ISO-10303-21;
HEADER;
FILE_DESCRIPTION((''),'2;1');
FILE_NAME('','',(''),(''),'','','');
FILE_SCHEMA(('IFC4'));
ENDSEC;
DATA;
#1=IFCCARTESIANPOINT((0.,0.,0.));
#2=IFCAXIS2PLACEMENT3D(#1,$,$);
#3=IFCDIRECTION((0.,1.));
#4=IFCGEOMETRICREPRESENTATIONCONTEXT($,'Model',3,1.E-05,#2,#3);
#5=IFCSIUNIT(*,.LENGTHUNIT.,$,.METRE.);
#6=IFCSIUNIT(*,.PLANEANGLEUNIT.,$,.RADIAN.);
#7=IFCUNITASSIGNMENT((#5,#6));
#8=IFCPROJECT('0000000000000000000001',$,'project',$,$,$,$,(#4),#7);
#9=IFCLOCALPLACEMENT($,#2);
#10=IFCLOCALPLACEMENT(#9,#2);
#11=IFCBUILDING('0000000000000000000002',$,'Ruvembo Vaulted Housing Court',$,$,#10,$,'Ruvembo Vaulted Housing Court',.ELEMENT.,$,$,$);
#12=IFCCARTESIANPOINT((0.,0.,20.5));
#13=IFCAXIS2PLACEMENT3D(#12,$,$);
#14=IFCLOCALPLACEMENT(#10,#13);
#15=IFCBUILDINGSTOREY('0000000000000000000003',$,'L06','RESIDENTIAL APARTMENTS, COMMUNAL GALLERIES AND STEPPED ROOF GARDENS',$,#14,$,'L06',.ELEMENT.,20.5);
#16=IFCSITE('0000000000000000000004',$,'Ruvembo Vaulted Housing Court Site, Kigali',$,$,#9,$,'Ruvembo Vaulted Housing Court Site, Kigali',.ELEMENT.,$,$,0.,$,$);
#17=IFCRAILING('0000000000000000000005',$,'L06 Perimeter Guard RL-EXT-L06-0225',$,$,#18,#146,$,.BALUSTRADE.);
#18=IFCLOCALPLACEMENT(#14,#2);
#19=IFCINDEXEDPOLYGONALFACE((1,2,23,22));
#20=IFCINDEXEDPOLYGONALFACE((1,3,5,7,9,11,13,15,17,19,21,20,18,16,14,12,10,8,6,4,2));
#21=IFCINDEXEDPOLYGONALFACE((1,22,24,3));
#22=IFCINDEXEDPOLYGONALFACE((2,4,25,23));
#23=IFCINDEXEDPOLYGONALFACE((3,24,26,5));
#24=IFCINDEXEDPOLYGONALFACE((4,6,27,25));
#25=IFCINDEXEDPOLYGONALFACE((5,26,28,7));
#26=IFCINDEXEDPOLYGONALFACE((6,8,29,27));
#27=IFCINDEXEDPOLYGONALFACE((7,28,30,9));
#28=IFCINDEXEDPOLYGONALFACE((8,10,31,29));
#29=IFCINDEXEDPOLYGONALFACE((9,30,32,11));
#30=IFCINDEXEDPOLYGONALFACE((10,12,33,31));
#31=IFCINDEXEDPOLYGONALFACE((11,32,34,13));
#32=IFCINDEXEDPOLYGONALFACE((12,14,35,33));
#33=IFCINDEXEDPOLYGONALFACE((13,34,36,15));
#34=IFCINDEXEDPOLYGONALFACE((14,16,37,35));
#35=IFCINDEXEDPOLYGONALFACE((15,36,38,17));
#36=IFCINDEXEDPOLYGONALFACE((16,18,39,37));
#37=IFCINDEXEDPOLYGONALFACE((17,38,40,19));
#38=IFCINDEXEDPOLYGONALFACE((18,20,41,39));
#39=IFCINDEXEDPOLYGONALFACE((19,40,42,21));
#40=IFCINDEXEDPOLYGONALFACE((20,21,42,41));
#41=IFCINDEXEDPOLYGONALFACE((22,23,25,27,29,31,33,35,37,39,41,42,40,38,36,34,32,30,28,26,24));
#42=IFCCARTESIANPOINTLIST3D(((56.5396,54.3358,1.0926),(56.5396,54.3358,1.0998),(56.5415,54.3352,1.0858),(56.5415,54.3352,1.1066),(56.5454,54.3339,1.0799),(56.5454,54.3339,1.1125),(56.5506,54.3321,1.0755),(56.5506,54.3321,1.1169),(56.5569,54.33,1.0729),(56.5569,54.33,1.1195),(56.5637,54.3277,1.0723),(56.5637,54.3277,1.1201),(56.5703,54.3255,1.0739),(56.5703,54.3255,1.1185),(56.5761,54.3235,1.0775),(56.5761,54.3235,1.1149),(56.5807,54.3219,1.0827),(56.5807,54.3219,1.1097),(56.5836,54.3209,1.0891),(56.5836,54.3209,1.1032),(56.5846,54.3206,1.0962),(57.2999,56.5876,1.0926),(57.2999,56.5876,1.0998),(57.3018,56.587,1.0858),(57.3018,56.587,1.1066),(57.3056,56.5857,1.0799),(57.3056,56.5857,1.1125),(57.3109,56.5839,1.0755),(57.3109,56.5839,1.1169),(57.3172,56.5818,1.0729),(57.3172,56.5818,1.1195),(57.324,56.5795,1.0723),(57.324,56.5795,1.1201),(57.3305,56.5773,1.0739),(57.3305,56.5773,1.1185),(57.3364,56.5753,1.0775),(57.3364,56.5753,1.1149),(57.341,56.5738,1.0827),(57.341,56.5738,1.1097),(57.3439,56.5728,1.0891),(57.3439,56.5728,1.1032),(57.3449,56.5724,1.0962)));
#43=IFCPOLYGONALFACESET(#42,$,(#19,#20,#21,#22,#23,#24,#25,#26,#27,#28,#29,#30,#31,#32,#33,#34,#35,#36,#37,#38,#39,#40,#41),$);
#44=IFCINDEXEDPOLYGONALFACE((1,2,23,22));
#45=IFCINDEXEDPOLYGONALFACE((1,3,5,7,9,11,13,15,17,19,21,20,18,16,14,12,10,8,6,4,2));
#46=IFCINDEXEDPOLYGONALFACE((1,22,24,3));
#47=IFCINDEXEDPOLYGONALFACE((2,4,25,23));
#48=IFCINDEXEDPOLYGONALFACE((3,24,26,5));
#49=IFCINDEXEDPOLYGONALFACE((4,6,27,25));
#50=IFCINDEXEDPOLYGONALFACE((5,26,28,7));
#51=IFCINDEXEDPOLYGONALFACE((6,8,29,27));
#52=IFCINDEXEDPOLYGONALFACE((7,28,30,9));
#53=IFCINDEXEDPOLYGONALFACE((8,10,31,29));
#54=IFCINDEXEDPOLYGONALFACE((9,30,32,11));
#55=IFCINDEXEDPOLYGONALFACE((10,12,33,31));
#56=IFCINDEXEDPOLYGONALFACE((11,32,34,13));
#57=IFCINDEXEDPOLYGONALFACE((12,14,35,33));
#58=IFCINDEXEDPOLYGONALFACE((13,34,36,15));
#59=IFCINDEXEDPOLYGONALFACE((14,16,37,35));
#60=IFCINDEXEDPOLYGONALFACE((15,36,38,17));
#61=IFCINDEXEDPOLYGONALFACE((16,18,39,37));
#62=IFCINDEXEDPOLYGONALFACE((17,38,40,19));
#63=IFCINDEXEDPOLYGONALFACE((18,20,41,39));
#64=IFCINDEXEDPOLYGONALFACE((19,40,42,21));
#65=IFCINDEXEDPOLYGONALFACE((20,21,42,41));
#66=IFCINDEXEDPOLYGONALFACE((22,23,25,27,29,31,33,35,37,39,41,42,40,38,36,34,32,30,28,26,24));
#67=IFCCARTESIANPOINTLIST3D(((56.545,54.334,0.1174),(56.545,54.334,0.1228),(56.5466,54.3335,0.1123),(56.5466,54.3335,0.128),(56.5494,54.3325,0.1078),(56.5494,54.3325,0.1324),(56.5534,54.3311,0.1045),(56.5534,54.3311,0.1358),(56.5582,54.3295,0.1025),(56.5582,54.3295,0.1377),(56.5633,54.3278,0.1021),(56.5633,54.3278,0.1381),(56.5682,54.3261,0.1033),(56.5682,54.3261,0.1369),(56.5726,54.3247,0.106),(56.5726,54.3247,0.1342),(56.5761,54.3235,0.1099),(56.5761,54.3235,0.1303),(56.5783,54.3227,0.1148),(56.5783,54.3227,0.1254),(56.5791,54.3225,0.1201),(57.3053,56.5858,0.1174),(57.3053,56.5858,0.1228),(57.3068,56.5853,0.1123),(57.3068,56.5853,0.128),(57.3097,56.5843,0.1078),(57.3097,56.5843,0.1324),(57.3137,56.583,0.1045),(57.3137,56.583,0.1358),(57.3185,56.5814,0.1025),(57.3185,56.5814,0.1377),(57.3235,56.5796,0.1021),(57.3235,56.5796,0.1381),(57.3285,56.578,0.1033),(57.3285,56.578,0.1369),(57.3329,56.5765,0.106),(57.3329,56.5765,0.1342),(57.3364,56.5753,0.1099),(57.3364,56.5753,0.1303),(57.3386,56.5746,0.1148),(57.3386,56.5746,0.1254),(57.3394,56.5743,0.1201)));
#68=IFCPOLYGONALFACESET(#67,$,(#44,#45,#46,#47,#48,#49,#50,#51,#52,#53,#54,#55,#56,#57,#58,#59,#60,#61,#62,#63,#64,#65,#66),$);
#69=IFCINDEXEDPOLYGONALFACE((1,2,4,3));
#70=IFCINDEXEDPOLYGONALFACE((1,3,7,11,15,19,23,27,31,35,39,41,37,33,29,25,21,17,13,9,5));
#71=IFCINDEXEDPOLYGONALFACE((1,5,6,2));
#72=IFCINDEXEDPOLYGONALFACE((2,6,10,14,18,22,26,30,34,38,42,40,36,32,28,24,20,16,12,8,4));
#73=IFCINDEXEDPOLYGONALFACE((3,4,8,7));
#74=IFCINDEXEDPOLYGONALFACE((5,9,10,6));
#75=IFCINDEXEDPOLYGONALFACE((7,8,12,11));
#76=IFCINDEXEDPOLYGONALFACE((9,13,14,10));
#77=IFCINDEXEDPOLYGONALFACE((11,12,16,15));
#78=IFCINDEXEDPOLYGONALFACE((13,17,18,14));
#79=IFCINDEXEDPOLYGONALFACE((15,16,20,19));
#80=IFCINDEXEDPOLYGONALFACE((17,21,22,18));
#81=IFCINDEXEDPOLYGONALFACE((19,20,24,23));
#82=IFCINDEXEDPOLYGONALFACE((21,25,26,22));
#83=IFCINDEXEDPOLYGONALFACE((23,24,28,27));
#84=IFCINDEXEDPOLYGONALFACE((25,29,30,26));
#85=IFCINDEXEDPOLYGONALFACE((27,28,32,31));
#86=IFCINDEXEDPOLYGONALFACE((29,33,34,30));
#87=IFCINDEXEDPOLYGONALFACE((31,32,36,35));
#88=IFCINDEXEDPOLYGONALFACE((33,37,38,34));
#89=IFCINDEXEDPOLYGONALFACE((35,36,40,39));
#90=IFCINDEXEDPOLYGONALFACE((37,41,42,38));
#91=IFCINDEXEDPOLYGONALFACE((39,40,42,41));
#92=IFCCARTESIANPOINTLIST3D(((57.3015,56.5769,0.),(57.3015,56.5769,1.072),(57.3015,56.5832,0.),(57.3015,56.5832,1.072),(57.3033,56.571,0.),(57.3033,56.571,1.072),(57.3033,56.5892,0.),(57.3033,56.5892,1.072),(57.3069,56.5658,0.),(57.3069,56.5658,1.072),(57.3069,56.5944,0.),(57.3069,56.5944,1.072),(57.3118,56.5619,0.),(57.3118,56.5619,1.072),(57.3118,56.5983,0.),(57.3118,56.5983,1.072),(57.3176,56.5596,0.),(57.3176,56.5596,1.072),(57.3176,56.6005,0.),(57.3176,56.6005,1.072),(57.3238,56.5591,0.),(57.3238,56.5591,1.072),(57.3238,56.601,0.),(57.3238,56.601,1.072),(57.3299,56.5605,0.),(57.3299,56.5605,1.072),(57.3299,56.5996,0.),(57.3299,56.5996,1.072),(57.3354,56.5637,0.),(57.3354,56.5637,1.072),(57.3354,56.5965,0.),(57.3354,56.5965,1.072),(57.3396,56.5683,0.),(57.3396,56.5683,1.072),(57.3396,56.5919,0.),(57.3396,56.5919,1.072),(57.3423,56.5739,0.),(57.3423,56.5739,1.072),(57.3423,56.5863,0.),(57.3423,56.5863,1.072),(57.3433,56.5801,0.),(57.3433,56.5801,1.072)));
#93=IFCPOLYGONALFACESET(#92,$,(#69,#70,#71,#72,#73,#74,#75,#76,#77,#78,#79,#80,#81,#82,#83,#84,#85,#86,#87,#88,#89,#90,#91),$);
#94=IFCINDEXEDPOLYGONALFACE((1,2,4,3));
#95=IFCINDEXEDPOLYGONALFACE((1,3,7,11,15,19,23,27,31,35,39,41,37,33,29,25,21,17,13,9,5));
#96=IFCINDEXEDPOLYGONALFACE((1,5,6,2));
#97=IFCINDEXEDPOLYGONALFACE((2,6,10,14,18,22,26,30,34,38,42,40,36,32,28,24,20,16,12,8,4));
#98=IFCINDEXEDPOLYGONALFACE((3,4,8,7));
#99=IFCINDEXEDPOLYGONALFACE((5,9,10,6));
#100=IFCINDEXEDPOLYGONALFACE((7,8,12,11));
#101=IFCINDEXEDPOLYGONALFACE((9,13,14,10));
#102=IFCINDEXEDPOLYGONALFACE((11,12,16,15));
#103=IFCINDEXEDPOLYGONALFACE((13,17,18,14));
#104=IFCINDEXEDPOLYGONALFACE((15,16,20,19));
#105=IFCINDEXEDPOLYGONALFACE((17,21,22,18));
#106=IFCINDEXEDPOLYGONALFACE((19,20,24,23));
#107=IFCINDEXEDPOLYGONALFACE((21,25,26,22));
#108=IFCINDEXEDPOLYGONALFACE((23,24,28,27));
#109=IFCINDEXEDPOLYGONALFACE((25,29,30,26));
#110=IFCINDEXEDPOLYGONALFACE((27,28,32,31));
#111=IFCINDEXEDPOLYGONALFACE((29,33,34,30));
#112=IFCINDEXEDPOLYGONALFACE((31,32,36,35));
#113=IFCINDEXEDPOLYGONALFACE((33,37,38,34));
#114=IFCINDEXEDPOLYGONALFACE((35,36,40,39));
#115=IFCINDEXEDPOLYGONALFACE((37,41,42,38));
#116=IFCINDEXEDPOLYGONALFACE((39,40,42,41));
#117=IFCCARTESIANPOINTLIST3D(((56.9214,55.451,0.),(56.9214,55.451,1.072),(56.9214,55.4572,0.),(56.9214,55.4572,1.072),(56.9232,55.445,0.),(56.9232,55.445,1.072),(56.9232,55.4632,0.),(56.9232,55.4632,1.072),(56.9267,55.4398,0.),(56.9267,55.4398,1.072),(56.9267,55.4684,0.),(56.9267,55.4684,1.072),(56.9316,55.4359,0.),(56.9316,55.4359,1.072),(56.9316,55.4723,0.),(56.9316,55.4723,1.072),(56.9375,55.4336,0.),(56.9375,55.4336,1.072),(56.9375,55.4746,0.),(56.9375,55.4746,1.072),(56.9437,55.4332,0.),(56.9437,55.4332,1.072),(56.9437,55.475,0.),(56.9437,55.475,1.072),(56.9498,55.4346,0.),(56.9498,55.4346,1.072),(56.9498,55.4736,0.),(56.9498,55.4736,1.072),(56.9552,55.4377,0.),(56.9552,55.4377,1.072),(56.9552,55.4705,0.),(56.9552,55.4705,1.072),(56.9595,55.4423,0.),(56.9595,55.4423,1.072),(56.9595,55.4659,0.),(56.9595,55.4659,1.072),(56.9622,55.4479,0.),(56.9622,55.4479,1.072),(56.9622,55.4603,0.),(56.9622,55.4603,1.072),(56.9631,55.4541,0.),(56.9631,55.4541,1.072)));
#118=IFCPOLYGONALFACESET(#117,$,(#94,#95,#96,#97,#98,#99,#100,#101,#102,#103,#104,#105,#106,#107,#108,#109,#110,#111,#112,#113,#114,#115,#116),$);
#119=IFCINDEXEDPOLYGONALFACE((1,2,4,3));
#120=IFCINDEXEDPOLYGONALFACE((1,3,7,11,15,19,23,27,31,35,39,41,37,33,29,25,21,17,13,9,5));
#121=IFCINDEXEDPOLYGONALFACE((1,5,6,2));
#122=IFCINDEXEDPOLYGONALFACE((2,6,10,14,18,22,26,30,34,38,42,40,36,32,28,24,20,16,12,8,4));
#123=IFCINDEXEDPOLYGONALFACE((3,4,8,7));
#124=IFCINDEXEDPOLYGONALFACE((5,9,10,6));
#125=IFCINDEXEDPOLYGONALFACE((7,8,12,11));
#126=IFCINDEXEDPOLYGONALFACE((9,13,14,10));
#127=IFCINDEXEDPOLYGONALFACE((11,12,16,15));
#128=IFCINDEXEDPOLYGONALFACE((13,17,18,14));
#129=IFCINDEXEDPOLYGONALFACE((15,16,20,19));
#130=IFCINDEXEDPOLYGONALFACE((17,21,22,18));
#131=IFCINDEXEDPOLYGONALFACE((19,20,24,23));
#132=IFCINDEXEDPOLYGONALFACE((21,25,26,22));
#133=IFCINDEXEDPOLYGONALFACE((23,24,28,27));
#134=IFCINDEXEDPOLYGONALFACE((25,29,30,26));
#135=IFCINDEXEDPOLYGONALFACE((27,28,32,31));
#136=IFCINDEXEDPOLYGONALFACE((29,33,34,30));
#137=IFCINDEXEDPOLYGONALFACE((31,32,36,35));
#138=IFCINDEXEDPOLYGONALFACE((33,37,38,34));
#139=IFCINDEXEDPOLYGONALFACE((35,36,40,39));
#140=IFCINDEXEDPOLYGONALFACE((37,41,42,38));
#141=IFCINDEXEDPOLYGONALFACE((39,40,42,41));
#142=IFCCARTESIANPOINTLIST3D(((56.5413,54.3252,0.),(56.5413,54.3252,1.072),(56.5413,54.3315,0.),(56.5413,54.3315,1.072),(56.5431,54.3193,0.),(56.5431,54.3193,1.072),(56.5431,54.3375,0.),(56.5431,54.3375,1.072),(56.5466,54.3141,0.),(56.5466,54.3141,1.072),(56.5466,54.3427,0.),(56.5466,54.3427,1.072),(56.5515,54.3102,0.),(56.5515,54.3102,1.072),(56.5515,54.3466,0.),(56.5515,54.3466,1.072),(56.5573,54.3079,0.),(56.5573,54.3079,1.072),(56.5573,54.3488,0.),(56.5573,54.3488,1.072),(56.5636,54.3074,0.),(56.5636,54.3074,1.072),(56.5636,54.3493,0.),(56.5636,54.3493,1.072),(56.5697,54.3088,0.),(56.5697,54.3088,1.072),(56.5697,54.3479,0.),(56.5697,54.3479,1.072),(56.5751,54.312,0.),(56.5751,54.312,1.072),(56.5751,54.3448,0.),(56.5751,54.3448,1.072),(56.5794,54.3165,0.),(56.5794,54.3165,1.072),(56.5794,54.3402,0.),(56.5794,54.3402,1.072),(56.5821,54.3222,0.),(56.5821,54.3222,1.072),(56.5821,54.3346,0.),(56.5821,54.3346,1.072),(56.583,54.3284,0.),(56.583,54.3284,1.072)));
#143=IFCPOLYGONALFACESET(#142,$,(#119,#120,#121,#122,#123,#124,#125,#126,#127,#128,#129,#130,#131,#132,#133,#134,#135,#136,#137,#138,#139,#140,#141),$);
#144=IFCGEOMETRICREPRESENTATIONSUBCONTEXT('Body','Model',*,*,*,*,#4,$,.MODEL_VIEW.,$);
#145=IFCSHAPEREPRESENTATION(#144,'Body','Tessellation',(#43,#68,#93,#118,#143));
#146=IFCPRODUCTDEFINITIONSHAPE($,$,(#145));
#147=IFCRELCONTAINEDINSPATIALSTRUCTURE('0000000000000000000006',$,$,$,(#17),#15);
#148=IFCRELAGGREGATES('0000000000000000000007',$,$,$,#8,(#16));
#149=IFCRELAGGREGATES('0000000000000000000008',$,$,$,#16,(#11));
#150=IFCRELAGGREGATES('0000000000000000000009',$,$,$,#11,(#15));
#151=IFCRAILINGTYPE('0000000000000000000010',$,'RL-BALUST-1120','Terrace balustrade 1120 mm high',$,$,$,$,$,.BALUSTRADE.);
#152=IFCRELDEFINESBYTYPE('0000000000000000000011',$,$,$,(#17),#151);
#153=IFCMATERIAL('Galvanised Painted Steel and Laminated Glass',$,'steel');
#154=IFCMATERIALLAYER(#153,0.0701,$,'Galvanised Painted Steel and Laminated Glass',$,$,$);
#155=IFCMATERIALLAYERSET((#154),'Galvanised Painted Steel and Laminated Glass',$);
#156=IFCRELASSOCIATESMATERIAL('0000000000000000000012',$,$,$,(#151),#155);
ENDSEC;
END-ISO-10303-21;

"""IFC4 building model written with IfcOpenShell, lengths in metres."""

from ifc_helpers import new_model, si_unit, direction, frame, origin, origin_2d, place, context, subcontext, project, spatial, circle, extrude, material, layer, layer_set, type_object, element, save


model = new_model("IFC4")

# Units and contexts
model_context = context("Model", 3, precision=1e-05, world=origin(), true_north=direction((0.0, 1.0)))
body_context = subcontext(model_context, "Body", "Model", "MODEL_VIEW")
ifc_project = project(units=[si_unit("LENGTHUNIT", "METRE"), si_unit("PLANEANGLEUNIT", "RADIAN")], contexts=[model_context])

# Site, building, storey
site_placement = place(None, origin())
site = spatial("IfcSite", under=ifc_project, at=site_placement, Name="Ruvembo Vaulted Housing Court Site, Kigali", LongName="Ruvembo Vaulted Housing Court Site, Kigali", CompositionType="ELEMENT", RefElevation=0.0)
building_placement = place(site_placement, origin())
building = spatial("IfcBuilding", under=site, at=building_placement, Name="Ruvembo Vaulted Housing Court", LongName="Ruvembo Vaulted Housing Court", CompositionType="ELEMENT")
storey_placement = place(building_placement, frame((0.0, 0.0, 20.5)))
storey = spatial("IfcBuildingStorey", under=building, at=storey_placement, Name="L06", Description="RESIDENTIAL APARTMENTS, COMMUNAL GALLERIES AND STEPPED ROOF GARDENS", LongName="L06", CompositionType="ELEMENT", Elevation=20.5)

# Railing
ifc_material_1 = material(Name="Galvanised Painted Steel and Laminated Glass", Category="steel")
ifc_layer = layer(ifc_material_1, 0.0701, Name="Galvanised Painted Steel and Laminated Glass")
ifc_layer_set = layer_set([ifc_layer], Name="Galvanised Painted Steel and Laminated Glass")
railing_type = type_object("IfcRailingType", Name="RL-BALUST-1120", Description="Terrace balustrade 1120 mm high", PredefinedType="BALUSTRADE", material=ifc_layer_set)
railing_1_placement = place(storey_placement, frame((57.3223, 56.5801, 0.0)))
element("IfcRailing", 1, at=railing_1_placement, inside=storey, type_object=railing_type, Name="L06 Perimeter Guard RL-EXT-L06-0225", PredefinedType="BALUSTRADE", context=body_context, shape_type="SweptSolid", body=[
    extrude(circle(Radius=0.0239, at=origin_2d()), frame((0.0, 0.0, 1.0962), z_axis=(-0.319893, -0.947454, 0.0), x_axis=(0.947454, -0.319893, 0.0)), (0.0, 0.0, 1.0), 2.3767),
    extrude(circle(Radius=0.0181, at=origin_2d()), frame((0.0, 0.0, 0.1201), z_axis=(-0.319893, -0.947454, 0.0), x_axis=(0.947454, -0.319893, 0.0)), (0.0, 0.0, 1.0), 2.3767),
    extrude(circle(Radius=0.021, at=origin_2d()), origin(), (0.0, 0.0, 1.0), 1.072),
    extrude(circle(Radius=0.021, at=origin_2d()), frame((-0.3801, -1.126, 0.0)), (0.0, 0.0, 1.0), 1.072),
    extrude(circle(Radius=0.021, at=origin_2d()), frame((-0.7603, -2.2517, 0.0)), (0.0, 0.0, 1.0), 1.072),
])

save(model, "model.ifc")
